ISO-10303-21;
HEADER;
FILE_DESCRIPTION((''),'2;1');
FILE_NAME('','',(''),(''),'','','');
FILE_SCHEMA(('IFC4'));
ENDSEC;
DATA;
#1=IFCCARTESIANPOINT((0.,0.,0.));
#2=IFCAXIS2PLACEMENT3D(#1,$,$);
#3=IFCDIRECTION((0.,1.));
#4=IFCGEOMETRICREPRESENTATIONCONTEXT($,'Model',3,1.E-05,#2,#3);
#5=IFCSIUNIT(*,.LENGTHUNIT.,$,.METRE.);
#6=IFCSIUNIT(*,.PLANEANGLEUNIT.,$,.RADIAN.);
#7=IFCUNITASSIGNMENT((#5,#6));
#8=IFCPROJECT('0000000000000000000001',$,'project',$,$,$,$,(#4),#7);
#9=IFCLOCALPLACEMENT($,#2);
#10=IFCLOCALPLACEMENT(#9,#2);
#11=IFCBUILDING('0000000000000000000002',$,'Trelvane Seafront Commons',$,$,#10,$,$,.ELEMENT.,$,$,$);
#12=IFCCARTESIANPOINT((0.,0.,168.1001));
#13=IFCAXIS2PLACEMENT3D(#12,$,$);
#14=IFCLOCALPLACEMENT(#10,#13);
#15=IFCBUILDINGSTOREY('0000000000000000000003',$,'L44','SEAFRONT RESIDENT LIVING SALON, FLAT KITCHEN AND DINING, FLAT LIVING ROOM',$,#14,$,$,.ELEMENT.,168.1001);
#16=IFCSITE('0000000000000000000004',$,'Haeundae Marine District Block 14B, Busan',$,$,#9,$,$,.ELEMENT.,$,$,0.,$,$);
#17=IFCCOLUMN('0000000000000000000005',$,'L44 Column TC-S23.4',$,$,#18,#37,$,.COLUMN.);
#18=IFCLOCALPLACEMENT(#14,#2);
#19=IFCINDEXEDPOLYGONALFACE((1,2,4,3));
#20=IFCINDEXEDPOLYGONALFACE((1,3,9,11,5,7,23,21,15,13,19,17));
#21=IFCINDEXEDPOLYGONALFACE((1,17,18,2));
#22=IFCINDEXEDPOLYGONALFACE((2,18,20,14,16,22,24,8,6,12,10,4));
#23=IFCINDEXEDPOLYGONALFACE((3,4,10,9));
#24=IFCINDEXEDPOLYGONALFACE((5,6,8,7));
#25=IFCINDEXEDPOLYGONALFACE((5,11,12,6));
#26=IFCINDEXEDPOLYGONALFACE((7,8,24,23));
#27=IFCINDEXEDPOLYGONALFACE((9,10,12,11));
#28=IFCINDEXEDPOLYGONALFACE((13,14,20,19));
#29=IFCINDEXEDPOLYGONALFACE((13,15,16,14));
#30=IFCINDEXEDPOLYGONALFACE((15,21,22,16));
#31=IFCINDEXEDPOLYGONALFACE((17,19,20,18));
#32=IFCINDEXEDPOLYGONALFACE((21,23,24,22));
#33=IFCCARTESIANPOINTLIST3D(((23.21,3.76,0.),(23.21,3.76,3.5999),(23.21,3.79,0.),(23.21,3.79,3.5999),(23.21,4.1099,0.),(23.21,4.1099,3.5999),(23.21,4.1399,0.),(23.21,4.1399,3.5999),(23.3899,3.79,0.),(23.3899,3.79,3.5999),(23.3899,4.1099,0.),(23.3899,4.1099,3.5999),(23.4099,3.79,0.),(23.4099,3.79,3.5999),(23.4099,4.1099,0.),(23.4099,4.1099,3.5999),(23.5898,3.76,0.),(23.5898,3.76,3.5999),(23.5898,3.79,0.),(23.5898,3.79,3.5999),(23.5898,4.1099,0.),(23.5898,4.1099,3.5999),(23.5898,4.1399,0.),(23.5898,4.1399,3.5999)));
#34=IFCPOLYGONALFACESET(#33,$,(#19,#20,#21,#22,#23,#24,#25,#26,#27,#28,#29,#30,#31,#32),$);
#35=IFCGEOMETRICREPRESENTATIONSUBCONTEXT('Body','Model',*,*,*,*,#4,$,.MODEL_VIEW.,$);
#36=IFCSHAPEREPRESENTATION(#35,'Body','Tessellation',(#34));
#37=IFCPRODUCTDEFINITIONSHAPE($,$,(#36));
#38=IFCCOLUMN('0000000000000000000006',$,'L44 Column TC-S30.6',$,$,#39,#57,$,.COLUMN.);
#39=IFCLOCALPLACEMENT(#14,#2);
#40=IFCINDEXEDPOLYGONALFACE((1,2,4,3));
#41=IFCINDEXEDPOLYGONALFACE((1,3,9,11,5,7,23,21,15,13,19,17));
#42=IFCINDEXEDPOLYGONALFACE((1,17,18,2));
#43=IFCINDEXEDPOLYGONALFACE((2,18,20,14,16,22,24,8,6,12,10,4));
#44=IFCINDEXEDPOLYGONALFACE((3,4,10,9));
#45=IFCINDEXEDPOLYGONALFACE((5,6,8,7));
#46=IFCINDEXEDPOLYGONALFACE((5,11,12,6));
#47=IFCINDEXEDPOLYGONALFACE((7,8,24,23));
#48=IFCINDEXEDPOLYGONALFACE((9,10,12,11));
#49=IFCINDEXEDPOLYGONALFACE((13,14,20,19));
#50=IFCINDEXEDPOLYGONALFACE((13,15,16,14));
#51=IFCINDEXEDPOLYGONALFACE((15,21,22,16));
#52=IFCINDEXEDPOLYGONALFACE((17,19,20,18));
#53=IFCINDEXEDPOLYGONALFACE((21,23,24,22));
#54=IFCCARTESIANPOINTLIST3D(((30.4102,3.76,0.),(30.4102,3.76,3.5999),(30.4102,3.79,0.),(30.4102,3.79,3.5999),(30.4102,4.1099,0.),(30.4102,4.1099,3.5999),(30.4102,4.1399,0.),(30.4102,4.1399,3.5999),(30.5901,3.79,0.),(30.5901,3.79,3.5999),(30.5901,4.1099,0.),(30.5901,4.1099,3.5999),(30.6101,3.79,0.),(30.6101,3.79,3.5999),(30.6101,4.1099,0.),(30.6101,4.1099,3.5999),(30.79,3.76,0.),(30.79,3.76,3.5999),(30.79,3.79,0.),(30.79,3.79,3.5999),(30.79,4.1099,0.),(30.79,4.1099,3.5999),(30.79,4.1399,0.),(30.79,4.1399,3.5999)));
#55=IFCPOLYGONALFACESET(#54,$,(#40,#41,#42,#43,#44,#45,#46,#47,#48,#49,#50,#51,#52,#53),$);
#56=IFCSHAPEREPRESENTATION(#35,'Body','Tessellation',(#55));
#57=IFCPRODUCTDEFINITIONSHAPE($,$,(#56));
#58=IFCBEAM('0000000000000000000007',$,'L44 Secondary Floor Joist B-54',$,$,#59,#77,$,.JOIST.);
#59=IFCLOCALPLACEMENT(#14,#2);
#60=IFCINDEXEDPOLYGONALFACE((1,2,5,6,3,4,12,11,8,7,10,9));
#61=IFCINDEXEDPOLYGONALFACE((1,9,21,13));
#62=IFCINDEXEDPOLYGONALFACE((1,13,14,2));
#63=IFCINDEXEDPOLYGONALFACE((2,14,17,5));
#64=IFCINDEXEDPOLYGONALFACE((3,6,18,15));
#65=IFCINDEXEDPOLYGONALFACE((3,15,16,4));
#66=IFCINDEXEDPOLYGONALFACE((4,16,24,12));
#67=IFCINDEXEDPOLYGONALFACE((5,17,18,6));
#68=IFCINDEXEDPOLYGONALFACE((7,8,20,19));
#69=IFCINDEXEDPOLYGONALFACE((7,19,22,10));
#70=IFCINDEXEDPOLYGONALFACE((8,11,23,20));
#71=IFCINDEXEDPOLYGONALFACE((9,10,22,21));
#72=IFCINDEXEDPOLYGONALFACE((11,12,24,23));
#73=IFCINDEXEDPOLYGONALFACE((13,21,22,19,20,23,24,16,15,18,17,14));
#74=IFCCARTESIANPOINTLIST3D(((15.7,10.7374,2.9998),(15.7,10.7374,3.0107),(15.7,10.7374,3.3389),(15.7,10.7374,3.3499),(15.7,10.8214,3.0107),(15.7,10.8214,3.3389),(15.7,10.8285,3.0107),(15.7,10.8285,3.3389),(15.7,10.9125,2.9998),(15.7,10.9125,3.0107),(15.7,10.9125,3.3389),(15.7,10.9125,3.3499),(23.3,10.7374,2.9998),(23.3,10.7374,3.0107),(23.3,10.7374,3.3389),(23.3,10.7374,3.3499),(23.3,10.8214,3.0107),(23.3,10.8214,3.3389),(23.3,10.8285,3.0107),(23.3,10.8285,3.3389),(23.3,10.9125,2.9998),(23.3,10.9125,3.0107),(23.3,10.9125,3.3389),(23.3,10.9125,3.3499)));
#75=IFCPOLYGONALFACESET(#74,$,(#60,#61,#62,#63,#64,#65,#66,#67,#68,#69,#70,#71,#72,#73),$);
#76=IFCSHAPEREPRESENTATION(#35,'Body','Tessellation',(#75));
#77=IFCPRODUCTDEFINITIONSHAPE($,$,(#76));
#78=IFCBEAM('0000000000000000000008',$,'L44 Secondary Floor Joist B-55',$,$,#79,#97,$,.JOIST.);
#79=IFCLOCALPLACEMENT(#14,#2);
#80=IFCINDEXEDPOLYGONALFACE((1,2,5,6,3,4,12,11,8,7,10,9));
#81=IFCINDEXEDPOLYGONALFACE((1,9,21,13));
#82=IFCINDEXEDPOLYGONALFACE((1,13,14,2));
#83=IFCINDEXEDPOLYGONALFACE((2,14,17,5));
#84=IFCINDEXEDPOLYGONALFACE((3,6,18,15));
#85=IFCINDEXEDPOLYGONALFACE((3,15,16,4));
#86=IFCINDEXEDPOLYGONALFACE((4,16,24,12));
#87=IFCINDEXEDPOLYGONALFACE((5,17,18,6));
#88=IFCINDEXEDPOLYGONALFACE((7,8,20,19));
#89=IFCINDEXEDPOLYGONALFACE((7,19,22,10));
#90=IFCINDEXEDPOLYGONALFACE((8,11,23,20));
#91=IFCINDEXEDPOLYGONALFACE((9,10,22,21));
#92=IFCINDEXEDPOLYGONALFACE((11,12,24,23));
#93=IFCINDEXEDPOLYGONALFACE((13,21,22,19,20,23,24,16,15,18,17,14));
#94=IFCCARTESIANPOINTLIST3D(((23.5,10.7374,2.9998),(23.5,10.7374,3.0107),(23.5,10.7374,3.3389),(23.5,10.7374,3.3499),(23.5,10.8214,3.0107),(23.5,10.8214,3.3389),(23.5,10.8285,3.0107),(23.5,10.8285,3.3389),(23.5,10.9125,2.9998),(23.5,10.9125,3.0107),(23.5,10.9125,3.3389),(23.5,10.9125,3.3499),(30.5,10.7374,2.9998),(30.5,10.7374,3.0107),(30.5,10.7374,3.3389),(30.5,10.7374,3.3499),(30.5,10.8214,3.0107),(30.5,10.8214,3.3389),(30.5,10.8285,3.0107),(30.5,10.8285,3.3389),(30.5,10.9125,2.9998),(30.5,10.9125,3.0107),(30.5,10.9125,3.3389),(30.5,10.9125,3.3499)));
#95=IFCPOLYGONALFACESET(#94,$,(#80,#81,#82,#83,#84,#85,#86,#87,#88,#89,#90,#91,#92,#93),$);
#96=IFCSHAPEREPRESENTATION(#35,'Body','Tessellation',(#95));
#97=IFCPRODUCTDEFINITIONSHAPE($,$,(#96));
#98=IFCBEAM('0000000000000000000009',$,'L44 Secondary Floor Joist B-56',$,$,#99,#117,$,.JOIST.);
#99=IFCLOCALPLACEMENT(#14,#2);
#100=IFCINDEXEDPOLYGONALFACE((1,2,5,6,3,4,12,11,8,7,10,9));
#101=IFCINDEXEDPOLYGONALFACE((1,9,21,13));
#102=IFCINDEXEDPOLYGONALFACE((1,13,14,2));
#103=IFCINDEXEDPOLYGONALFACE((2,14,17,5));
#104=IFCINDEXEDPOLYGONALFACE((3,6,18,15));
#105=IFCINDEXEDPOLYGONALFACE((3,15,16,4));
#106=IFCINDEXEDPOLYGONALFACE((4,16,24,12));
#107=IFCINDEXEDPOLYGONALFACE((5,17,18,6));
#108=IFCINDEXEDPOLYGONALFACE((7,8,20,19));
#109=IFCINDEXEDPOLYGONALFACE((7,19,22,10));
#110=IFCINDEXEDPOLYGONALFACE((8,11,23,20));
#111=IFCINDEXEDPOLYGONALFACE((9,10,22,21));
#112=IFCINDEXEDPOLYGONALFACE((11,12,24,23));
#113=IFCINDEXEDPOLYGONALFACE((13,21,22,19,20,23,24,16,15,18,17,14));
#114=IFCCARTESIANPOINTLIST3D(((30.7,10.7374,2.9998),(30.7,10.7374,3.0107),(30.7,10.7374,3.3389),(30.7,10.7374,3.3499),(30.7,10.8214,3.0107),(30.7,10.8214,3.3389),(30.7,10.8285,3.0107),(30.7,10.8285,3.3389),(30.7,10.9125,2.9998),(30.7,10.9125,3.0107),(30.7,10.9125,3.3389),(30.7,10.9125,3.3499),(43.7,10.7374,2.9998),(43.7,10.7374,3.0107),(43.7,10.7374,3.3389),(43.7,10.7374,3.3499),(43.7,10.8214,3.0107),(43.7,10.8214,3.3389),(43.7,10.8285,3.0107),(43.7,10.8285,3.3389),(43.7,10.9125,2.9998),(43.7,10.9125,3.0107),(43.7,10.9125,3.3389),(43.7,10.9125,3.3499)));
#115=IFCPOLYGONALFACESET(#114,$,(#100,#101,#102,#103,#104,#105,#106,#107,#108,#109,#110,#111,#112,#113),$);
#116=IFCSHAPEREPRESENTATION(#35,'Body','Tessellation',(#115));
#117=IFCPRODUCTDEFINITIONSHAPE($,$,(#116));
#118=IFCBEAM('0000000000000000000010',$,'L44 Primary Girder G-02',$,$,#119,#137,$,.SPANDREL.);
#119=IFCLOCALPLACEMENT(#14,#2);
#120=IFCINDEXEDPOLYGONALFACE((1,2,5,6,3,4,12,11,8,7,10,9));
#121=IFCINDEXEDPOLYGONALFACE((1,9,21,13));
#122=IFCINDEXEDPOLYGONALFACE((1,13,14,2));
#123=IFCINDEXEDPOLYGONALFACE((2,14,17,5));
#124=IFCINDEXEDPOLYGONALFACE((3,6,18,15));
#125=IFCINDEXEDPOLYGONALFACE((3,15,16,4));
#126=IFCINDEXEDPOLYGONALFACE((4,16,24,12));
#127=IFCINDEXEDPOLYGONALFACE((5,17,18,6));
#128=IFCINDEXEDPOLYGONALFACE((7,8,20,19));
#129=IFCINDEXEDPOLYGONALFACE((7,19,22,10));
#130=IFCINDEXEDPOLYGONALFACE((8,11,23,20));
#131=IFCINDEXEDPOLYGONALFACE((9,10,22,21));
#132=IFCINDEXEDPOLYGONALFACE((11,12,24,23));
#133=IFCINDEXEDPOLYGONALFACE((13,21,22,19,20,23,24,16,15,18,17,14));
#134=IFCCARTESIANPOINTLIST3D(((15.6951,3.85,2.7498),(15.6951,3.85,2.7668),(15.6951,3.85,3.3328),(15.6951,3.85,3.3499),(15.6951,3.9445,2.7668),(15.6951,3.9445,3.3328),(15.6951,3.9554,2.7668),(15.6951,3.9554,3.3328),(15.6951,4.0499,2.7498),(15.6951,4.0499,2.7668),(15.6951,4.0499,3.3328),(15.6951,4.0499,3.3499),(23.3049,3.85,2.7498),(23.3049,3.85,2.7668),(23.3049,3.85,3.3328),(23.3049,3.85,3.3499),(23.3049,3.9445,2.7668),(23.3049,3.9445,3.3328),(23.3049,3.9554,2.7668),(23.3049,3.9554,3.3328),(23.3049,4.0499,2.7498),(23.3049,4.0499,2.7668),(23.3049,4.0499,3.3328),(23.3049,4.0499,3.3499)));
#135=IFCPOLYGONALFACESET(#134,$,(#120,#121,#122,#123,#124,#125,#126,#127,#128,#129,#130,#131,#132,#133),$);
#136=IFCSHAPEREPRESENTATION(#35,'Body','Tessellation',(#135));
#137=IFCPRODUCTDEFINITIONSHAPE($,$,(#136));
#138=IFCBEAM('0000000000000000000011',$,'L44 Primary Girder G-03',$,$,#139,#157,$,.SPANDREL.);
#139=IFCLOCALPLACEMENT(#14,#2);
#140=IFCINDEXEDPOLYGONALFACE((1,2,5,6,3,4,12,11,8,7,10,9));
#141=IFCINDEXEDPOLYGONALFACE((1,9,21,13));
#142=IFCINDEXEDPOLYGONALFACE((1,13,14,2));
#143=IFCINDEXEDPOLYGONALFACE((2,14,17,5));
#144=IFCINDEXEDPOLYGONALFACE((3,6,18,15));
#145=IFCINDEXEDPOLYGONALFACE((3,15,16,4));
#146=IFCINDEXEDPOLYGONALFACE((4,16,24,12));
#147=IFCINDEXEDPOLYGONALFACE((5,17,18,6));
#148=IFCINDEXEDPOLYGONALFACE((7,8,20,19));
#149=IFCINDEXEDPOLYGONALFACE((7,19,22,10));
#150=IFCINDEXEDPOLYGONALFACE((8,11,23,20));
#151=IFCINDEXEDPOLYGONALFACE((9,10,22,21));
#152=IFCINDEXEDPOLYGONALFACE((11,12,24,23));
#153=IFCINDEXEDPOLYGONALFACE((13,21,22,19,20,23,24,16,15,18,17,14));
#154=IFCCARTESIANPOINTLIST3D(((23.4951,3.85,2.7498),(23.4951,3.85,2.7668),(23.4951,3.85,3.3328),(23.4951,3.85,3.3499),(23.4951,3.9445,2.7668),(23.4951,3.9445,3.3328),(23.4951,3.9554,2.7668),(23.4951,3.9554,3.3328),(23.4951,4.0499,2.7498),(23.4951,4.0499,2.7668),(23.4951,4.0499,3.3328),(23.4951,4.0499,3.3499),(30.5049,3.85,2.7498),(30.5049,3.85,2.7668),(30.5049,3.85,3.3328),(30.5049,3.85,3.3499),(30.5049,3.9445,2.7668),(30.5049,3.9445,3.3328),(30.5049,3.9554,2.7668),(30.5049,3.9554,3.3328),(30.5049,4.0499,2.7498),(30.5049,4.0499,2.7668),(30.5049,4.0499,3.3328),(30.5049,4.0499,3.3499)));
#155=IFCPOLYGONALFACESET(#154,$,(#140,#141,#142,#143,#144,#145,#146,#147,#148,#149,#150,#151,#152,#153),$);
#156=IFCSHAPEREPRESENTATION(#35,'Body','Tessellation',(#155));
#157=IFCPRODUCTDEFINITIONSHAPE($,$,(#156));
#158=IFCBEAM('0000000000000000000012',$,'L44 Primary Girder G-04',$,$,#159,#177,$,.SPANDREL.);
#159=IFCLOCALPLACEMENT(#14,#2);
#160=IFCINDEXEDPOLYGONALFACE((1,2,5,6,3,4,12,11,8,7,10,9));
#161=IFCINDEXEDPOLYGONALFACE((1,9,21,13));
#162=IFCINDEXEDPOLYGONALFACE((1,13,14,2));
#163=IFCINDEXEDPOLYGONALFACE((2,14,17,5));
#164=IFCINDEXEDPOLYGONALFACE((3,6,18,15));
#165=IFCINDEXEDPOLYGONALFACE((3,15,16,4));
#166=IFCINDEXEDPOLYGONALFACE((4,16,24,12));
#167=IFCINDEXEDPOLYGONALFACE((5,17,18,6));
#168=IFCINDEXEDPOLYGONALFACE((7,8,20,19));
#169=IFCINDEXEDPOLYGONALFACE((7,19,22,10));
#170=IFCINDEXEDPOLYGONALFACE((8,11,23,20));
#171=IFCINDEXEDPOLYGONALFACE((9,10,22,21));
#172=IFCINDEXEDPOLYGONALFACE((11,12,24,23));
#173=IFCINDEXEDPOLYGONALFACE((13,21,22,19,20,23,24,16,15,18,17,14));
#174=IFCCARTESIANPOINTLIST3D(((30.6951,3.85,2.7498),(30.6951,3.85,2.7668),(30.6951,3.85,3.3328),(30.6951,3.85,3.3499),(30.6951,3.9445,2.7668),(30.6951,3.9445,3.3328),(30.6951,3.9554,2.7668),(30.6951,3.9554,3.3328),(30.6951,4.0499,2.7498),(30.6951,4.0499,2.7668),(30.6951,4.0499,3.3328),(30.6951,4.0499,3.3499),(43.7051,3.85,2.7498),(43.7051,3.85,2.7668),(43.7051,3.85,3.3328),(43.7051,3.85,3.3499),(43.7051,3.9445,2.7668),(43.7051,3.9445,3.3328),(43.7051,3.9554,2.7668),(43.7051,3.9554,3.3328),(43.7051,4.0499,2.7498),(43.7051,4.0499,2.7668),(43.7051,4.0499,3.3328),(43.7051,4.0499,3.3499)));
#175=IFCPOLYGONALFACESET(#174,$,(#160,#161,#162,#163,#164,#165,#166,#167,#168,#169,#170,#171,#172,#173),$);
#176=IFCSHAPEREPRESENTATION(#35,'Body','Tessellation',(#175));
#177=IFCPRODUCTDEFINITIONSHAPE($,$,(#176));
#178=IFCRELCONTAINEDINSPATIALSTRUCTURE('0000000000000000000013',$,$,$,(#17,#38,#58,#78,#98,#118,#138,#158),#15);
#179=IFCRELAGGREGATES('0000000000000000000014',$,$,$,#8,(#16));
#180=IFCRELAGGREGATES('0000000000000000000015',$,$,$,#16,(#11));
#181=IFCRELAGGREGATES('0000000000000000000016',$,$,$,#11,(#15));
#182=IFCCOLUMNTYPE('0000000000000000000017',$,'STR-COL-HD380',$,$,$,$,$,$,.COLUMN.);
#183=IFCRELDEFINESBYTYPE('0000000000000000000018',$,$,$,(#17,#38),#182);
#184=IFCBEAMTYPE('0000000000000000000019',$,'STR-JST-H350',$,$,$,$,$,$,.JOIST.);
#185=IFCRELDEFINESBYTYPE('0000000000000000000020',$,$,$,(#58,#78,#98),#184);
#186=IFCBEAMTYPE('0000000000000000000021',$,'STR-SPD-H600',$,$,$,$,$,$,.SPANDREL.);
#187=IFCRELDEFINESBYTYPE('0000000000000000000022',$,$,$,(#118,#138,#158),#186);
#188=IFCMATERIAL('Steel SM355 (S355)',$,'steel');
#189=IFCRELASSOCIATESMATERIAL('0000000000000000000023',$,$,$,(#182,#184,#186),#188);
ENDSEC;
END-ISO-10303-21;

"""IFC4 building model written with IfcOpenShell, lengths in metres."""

from ifc_helpers import new_model, si_unit, direction, frame, origin, origin_2d, place, context, subcontext, project, spatial, i_section, extrude, source, transform, mapped, material, material_profile, profile_set, type_object, element, save


model = new_model("IFC4")

# Units and contexts
model_context = context("Model", 3, precision=1e-05, world=origin(), true_north=direction((0.0, 1.0)))
body_context = subcontext(model_context, "Body", "Model", "MODEL_VIEW")
ifc_project = project(units=[si_unit("LENGTHUNIT", "METRE"), si_unit("PLANEANGLEUNIT", "RADIAN")], contexts=[model_context])

# Site, building, storey
site_placement = place(None, origin())
site = spatial("IfcSite", under=ifc_project, at=site_placement, Name="Haeundae Marine District Block 14B, Busan", CompositionType="ELEMENT", RefElevation=0.0)
building_placement = place(site_placement, origin())
building = spatial("IfcBuilding", under=site, at=building_placement, Name="Trelvane Seafront Commons", CompositionType="ELEMENT")
storey_placement = place(building_placement, frame((0.0, 0.0, 168.1001)))
storey = spatial("IfcBuildingStorey", under=building, at=storey_placement, Name="L44", Description="SEAFRONT RESIDENT LIVING SALON, FLAT KITCHEN AND DINING, FLAT LIVING ROOM", CompositionType="ELEMENT", Elevation=168.1001)

# Columns
ifc_material_1 = material(Name="Steel SM355 (S355)", Category="steel")
ifc_material_profile_1 = material_profile(ifc_material_1, i_section(OverallWidth=0.3799, OverallDepth=0.3799, WebThickness=0.02, FlangeThickness=0.03, at=origin_2d()), Name="HD-380x380x20x30")
ifc_profile_set_1 = profile_set([ifc_material_profile_1], Name="Steel SM355 (S355)")
column_type = type_object("IfcColumnType", Name="STR-COL-HD380", PredefinedType="COLUMN", material=ifc_profile_set_1)
shared_shape_1 = source(origin(), body_context, "Body", "SweptSolid", [
    extrude(i_section(OverallWidth=0.3799, OverallDepth=0.3799, WebThickness=0.02, FlangeThickness=0.03, at=origin_2d()), origin(), (0.0, 0.0, 1.0), 3.5999),
])
for number, where, z_axis, x_axis, name in (
    (1, (23.3999, 3.95, 0.0), (0.0, 0.0, 1.0), (1.0, 0.0, 0.0), "L44 Column TC-S23.4"),
    (2, (30.6001, 3.95, 0.0), (0.0, 0.0, 1.0), (1.0, 0.0, 0.0), "L44 Column TC-S30.6"),
):
    element("IfcColumn", number, at=place(storey_placement, frame(where, z_axis=z_axis, x_axis=x_axis)), inside=storey, type_object=column_type, Name=name, PredefinedType="COLUMN", context=body_context, shape_type="MappedRepresentation", body=[
        mapped(shared_shape_1, transform((0.0, 0.0, 0.0), x_axis=(1.0, 0.0, 0.0), y_axis=(0.0, 1.0, 0.0), z_axis=(0.0, 0.0, 1.0), scale=1.0)),
    ])

# Beams
ifc_material_profile_2 = material_profile(ifc_material_1, i_section(OverallWidth=0.175, OverallDepth=0.3501, WebThickness=0.0071, FlangeThickness=0.011, at=origin_2d()), Name="H-350x175x7x11")
ifc_profile_set_2 = profile_set([ifc_material_profile_2], Name="Steel SM355 (S355)")
beam_type_1 = type_object("IfcBeamType", Name="STR-JST-H350", PredefinedType="JOIST", material=ifc_profile_set_2)
shared_shape_2 = source(origin(), body_context, "Body", "SweptSolid", [
    extrude(i_section(OverallWidth=0.175, OverallDepth=0.3501, WebThickness=0.0071, FlangeThickness=0.011, at=origin_2d()), origin(), (0.0, 0.0, 1.0), 7.6001),
])
beam_1_placement = place(storey_placement, frame((15.7, 10.825, 3.1748), z_axis=(1.0, 0.0, 0.0), x_axis=(0.0, 1.0, 0.0)))
element("IfcBeam", 3, at=beam_1_placement, inside=storey, type_object=beam_type_1, Name="L44 Secondary Floor Joist B-54", PredefinedType="JOIST", context=body_context, shape_type="MappedRepresentation", body=[
    mapped(shared_shape_2, transform((0.0, 0.0, 0.0), x_axis=(1.0, 0.0, 0.0), y_axis=(0.0, 1.0, 0.0), z_axis=(0.0, 0.0, 1.0), scale=1.0)),
])
shared_shape_3 = source(origin(), body_context, "Body", "SweptSolid", [
    extrude(i_section(OverallWidth=0.175, OverallDepth=0.3501, WebThickness=0.0071, FlangeThickness=0.011, at=origin_2d()), origin(), (0.0, 0.0, 1.0), 7.0),
])
beam_2_placement = place(storey_placement, frame((23.5, 10.825, 3.1748), z_axis=(1.0, 0.0, 0.0), x_axis=(0.0, 1.0, 0.0)))
element("IfcBeam", 4, at=beam_2_placement, inside=storey, type_object=beam_type_1, Name="L44 Secondary Floor Joist B-55", PredefinedType="JOIST", context=body_context, shape_type="MappedRepresentation", body=[
    mapped(shared_shape_3, transform((0.0, 0.0, 0.0), x_axis=(1.0, 0.0, 0.0), y_axis=(0.0, 1.0, 0.0), z_axis=(0.0, 0.0, 1.0), scale=1.0)),
])
shared_shape_4 = source(origin(), body_context, "Body", "SweptSolid", [
    extrude(i_section(OverallWidth=0.175, OverallDepth=0.3501, WebThickness=0.0071, FlangeThickness=0.011, at=origin_2d()), origin(), (0.0, 0.0, 1.0), 13.0),
])
beam_3_placement = place(storey_placement, frame((30.7, 10.825, 3.1748), z_axis=(1.0, 0.0, 0.0), x_axis=(0.0, 1.0, 0.0)))
element("IfcBeam", 5, at=beam_3_placement, inside=storey, type_object=beam_type_1, Name="L44 Secondary Floor Joist B-56", PredefinedType="JOIST", context=body_context, shape_type="MappedRepresentation", body=[
    mapped(shared_shape_4, transform((0.0, 0.0, 0.0), x_axis=(1.0, 0.0, 0.0), y_axis=(0.0, 1.0, 0.0), z_axis=(0.0, 0.0, 1.0), scale=1.0)),
])
ifc_material_profile_3 = material_profile(ifc_material_1, i_section(OverallWidth=0.2, OverallDepth=0.6001, WebThickness=0.011, FlangeThickness=0.0171, at=origin_2d()), Name="H-600x200x11x17")
ifc_profile_set_3 = profile_set([ifc_material_profile_3], Name="Steel SM355 (S355)")
beam_type_2 = type_object("IfcBeamType", Name="STR-SPD-H600", PredefinedType="SPANDREL", material=ifc_profile_set_3)
shared_shape_5 = source(origin(), body_context, "Body", "SweptSolid", [
    extrude(i_section(OverallWidth=0.2, OverallDepth=0.6001, WebThickness=0.011, FlangeThickness=0.0171, at=origin_2d()), origin(), (0.0, 0.0, 1.0), 7.6099),
])
beam_4_placement = place(storey_placement, frame((15.6951, 3.95, 3.0498), z_axis=(1.0, 0.0, 0.0), x_axis=(0.0, 1.0, 0.0)))
element("IfcBeam", 6, at=beam_4_placement, inside=storey, type_object=beam_type_2, Name="L44 Primary Girder G-02", PredefinedType="SPANDREL", context=body_context, shape_type="MappedRepresentation", body=[
    mapped(shared_shape_5, transform((0.0, 0.0, 0.0), x_axis=(1.0, 0.0, 0.0), y_axis=(0.0, 1.0, 0.0), z_axis=(0.0, 0.0, 1.0), scale=1.0)),
])
shared_shape_6 = source(origin(), body_context, "Body", "SweptSolid", [
    extrude(i_section(OverallWidth=0.2, OverallDepth=0.6001, WebThickness=0.011, FlangeThickness=0.0171, at=origin_2d()), origin(), (0.0, 0.0, 1.0), 7.0098),
])
beam_5_placement = place(storey_placement, frame((23.4951, 3.95, 3.0498), z_axis=(1.0, 0.0, 0.0), x_axis=(0.0, 1.0, 0.0)))
element("IfcBeam", 7, at=beam_5_placement, inside=storey, type_object=beam_type_2, Name="L44 Primary Girder G-03", PredefinedType="SPANDREL", context=body_context, shape_type="MappedRepresentation", body=[
    mapped(shared_shape_6, transform((0.0, 0.0, 0.0), x_axis=(1.0, 0.0, 0.0), y_axis=(0.0, 1.0, 0.0), z_axis=(0.0, 0.0, 1.0), scale=1.0)),
])
shared_shape_7 = source(origin(), body_context, "Body", "SweptSolid", [
    extrude(i_section(OverallWidth=0.2, OverallDepth=0.6001, WebThickness=0.011, FlangeThickness=0.0171, at=origin_2d()), origin(), (0.0, 0.0, 1.0), 13.01),
])
beam_6_placement = place(storey_placement, frame((30.6951, 3.95, 3.0498), z_axis=(1.0, 0.0, 0.0), x_axis=(0.0, 1.0, 0.0)))
element("IfcBeam", 8, at=beam_6_placement, inside=storey, type_object=beam_type_2, Name="L44 Primary Girder G-04", PredefinedType="SPANDREL", context=body_context, shape_type="MappedRepresentation", body=[
    mapped(shared_shape_7, transform((0.0, 0.0, 0.0), x_axis=(1.0, 0.0, 0.0), y_axis=(0.0, 1.0, 0.0), z_axis=(0.0, 0.0, 1.0), scale=1.0)),
])

save(model, "model.ifc")
